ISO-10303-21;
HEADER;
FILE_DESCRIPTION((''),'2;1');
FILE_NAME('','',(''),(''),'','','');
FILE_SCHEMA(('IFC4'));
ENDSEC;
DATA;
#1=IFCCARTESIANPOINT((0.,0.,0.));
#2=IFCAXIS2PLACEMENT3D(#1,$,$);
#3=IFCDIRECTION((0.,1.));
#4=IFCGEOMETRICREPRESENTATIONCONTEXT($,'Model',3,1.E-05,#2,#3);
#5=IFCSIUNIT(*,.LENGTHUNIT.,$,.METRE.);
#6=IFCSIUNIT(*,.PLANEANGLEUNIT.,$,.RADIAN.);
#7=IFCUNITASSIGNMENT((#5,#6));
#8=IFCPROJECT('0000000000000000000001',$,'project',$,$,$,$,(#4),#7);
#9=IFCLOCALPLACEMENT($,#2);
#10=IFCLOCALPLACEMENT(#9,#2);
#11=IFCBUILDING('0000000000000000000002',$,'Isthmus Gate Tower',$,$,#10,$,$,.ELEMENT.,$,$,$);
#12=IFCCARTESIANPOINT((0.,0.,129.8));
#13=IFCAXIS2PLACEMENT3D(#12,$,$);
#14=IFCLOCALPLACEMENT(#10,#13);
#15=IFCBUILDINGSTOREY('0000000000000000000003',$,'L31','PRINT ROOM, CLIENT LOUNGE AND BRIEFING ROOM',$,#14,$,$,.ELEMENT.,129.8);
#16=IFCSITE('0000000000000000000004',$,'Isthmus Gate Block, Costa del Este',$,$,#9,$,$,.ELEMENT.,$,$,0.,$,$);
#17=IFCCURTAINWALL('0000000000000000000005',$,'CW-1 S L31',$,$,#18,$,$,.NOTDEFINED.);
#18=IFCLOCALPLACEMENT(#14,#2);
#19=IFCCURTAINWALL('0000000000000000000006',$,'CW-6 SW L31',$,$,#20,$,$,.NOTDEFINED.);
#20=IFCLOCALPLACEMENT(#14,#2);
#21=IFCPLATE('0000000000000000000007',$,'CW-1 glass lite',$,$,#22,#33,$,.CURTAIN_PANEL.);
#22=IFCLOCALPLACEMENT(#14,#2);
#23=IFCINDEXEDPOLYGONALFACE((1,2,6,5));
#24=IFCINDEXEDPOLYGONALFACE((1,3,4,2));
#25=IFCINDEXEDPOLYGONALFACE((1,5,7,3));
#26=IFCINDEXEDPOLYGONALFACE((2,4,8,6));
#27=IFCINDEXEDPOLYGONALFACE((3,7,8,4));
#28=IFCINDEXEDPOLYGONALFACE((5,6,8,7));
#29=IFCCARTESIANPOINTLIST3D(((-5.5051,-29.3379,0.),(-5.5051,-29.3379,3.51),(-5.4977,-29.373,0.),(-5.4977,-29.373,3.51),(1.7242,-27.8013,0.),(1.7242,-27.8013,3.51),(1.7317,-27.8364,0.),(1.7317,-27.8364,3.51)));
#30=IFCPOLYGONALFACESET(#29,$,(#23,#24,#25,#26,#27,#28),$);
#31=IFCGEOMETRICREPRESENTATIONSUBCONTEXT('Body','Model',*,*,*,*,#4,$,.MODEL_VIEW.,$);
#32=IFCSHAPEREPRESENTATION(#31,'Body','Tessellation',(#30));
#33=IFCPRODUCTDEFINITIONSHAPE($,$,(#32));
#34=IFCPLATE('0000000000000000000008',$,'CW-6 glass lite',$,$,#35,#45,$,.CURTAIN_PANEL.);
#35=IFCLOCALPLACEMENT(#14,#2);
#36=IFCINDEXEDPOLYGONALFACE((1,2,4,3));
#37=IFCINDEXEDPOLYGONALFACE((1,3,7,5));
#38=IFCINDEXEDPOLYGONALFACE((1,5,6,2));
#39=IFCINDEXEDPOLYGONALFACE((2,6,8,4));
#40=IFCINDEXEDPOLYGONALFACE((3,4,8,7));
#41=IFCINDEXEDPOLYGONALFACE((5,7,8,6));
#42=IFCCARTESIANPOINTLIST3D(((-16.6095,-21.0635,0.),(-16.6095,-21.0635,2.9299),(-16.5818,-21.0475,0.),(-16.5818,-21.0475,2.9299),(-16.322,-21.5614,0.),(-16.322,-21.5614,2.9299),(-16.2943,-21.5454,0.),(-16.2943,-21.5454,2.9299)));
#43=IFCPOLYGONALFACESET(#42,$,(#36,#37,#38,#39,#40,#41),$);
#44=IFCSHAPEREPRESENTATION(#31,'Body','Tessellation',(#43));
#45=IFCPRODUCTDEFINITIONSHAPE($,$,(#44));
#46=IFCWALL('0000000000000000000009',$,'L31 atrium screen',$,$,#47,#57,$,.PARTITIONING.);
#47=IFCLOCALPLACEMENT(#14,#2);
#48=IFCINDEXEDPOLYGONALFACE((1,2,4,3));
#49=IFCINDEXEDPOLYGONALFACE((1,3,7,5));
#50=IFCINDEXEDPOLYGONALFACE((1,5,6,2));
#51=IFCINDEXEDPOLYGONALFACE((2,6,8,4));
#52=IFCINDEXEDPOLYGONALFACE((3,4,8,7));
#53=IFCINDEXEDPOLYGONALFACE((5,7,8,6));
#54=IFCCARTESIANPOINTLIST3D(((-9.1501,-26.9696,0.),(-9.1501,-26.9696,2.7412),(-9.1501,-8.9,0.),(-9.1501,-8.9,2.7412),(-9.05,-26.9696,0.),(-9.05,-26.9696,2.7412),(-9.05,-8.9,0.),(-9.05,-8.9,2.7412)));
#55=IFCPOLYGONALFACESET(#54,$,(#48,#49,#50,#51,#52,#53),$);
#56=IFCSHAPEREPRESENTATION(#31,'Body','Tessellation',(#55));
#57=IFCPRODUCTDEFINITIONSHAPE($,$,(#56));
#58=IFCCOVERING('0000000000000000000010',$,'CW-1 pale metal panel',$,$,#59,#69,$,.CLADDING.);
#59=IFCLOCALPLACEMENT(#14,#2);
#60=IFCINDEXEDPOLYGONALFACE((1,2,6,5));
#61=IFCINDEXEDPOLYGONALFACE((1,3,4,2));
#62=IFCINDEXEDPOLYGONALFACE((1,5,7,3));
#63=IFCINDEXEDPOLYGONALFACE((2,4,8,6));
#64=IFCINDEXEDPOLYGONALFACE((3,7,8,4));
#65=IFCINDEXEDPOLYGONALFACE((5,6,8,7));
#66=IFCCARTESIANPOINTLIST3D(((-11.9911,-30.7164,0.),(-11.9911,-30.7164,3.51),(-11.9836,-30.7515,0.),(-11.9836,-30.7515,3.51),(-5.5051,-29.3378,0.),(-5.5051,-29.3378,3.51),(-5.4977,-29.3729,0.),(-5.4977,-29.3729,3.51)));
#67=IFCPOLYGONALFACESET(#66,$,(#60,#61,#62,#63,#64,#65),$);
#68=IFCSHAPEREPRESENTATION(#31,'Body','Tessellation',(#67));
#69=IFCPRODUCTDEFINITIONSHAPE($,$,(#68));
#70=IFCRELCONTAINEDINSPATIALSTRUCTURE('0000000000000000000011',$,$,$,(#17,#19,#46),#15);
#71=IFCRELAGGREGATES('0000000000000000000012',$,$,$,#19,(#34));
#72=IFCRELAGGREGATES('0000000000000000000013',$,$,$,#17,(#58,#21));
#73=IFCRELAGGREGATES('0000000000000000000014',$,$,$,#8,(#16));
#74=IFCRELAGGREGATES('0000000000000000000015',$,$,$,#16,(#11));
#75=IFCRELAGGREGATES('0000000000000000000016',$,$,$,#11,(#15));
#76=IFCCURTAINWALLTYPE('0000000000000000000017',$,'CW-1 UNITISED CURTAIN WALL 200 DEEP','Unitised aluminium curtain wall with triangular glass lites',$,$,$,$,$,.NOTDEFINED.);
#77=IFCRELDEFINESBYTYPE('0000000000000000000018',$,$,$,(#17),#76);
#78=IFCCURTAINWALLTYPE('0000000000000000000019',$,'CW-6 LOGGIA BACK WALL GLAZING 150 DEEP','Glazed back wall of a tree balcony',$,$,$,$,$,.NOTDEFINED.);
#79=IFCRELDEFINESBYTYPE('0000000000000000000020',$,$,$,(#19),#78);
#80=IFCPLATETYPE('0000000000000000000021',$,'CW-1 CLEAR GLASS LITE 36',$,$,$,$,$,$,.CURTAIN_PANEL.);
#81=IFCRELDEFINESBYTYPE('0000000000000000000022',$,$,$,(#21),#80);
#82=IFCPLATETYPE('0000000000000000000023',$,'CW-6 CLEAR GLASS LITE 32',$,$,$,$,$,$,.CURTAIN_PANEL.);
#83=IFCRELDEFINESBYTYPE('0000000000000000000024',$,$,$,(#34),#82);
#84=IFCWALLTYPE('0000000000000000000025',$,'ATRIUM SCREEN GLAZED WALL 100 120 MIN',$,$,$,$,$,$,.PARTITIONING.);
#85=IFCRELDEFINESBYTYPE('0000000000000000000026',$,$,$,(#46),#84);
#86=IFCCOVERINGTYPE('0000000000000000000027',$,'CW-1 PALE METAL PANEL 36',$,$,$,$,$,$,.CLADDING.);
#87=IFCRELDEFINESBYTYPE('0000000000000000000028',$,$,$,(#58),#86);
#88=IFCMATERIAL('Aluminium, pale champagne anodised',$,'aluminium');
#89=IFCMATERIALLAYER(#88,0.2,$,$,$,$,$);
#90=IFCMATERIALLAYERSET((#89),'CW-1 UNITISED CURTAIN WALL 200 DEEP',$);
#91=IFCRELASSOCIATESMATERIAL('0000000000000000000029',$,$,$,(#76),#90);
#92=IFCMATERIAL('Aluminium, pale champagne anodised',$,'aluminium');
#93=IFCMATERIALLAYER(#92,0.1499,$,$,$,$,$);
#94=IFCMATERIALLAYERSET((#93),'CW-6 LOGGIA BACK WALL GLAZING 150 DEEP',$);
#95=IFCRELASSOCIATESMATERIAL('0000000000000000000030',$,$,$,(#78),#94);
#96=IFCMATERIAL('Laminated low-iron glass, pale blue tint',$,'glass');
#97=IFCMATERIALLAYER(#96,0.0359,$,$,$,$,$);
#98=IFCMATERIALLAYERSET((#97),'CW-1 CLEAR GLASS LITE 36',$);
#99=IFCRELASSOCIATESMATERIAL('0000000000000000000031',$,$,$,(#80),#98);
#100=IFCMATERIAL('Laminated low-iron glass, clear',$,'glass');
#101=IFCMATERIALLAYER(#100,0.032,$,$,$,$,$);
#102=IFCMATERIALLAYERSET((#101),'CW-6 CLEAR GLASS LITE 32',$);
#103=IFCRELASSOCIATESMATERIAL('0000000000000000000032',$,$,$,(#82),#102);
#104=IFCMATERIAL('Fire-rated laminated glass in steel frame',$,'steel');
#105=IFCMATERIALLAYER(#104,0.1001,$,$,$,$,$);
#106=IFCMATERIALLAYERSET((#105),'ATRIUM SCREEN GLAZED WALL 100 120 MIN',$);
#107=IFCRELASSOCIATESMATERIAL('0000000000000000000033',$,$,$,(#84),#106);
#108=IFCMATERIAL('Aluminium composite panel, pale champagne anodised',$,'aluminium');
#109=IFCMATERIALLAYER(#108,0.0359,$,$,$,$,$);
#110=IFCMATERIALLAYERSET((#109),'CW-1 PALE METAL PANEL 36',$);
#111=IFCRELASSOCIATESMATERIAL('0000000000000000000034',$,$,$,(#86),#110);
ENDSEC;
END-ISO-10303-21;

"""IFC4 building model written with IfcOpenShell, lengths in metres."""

from ifc_helpers import new_model, si_unit, direction, frame, frame_2d, origin, origin_2d, place, context, subcontext, project, spatial, rectangle, extrude, material, layer, layer_set, type_object, element, aggregate, save


model = new_model("IFC4")

# Units and contexts
model_context = context("Model", 3, precision=1e-05, world=origin(), true_north=direction((0.0, 1.0)))
body_context = subcontext(model_context, "Body", "Model", "MODEL_VIEW")
ifc_project = project(units=[si_unit("LENGTHUNIT", "METRE"), si_unit("PLANEANGLEUNIT", "RADIAN")], contexts=[model_context])

# Site, building, storey
site_placement = place(None, origin())
site = spatial("IfcSite", under=ifc_project, at=site_placement, Name="Isthmus Gate Block, Costa del Este", CompositionType="ELEMENT", RefElevation=0.0)
building_placement = place(site_placement, origin())
building = spatial("IfcBuilding", under=site, at=building_placement, Name="Isthmus Gate Tower", CompositionType="ELEMENT")
storey_placement = place(building_placement, frame((0.0, 0.0, 129.8)))
storey = spatial("IfcBuildingStorey", under=building, at=storey_placement, Name="L31", Description="PRINT ROOM, CLIENT LOUNGE AND BRIEFING ROOM", CompositionType="ELEMENT", Elevation=129.8)

# Curtain wall
ifc_material_1 = material(Name="Aluminium, pale champagne anodised", Category="aluminium")
ifc_layer_1 = layer(ifc_material_1, 0.2)
ifc_layer_set_1 = layer_set([ifc_layer_1], Name="CW-1 UNITISED CURTAIN WALL 200 DEEP")
curtain_wall_type_1 = type_object("IfcCurtainWallType", Name="CW-1 UNITISED CURTAIN WALL 200 DEEP", Description="Unitised aluminium curtain wall with triangular glass lites", PredefinedType="NOTDEFINED", material=ifc_layer_set_1)
curtain_wall_1_placement = place(storey_placement, origin())
curtain_wall_1 = element("IfcCurtainWall", 1, at=curtain_wall_1_placement, inside=storey, type_object=curtain_wall_type_1, Name="CW-1 S L31", PredefinedType="NOTDEFINED")

# Curtain wall
ifc_material_2 = material(Name="Aluminium, pale champagne anodised", Category="aluminium")
ifc_layer_2 = layer(ifc_material_2, 0.1499)
ifc_layer_set_2 = layer_set([ifc_layer_2], Name="CW-6 LOGGIA BACK WALL GLAZING 150 DEEP")
curtain_wall_type_2 = type_object("IfcCurtainWallType", Name="CW-6 LOGGIA BACK WALL GLAZING 150 DEEP", Description="Glazed back wall of a tree balcony", PredefinedType="NOTDEFINED", material=ifc_layer_set_2)
curtain_wall_2_placement = place(storey_placement, origin())
curtain_wall_2 = element("IfcCurtainWall", 2, at=curtain_wall_2_placement, inside=storey, type_object=curtain_wall_type_2, Name="CW-6 SW L31", PredefinedType="NOTDEFINED")

# Shared definitions
ifc_material_3 = material(Name="Laminated low-iron glass, pale blue tint", Category="glass")
ifc_layer_3 = layer(ifc_material_3, 0.0359)
ifc_layer_set_3 = layer_set([ifc_layer_3], Name="CW-1 CLEAR GLASS LITE 36")
plate_type_1 = type_object("IfcPlateType", Name="CW-1 CLEAR GLASS LITE 36", PredefinedType="CURTAIN_PANEL", material=ifc_layer_set_3)

# Plates
plate_1_placement = place(storey_placement, frame((-1.8867, -28.5872, 0.0), z_axis=(0.0, 0.0, 1.0), x_axis=(0.978148, 0.207912, 0.0)))
plate_1 = element("IfcPlate", 3, at=plate_1_placement, type_object=plate_type_1, Name="CW-1 glass lite", PredefinedType="CURTAIN_PANEL", context=body_context, shape_type="SweptSolid", body=[
    extrude(rectangle(XDim=7.3909, YDim=0.0359, at=origin_2d()), origin(), (0.0, 0.0, 1.0), 3.51),
])
ifc_material_4 = material(Name="Laminated low-iron glass, clear", Category="glass")
ifc_layer_4 = layer(ifc_material_4, 0.032)
ifc_layer_set_4 = layer_set([ifc_layer_4], Name="CW-6 CLEAR GLASS LITE 32")
plate_type_2 = type_object("IfcPlateType", Name="CW-6 CLEAR GLASS LITE 32", PredefinedType="CURTAIN_PANEL", material=ifc_layer_set_4)
plate_2_placement = place(storey_placement, frame((-16.4519, -21.3044, 0.0), z_axis=(0.0, 0.0, 1.0), x_axis=(0.5, -0.866025, 0.0)))
plate_2 = element("IfcPlate", 4, at=plate_2_placement, type_object=plate_type_2, Name="CW-6 glass lite", PredefinedType="CURTAIN_PANEL", context=body_context, shape_type="SweptSolid", body=[
    extrude(rectangle(XDim=0.575, YDim=0.032, at=origin_2d()), origin(), (0.0, 0.0, 1.0), 2.9299),
])
aggregate(curtain_wall_2, [plate_2])

# Wall
ifc_material_5 = material(Name="Fire-rated laminated glass in steel frame", Category="steel")
ifc_layer_5 = layer(ifc_material_5, 0.1001)
ifc_layer_set_5 = layer_set([ifc_layer_5], Name="ATRIUM SCREEN GLAZED WALL 100 120 MIN")
wall_type = type_object("IfcWallType", Name="ATRIUM SCREEN GLAZED WALL 100 120 MIN", PredefinedType="PARTITIONING", material=ifc_layer_set_5)
wall_placement = place(storey_placement, frame((-9.1001, -26.9695, 0.0), z_axis=(0.0, 0.0, 1.0), x_axis=(0.0, 1.0, 0.0)))
element("IfcWall", 5, at=wall_placement, inside=storey, type_object=wall_type, Name="L31 atrium screen", PredefinedType="PARTITIONING", context=body_context, shape_type="SweptSolid", body=[
    extrude(rectangle(XDim=18.0696, YDim=0.1001, at=frame_2d((9.0347, 0.0))), origin(), (0.0, 0.0, 1.0), 2.7412),
])

# Covering
ifc_material_6 = material(Name="Aluminium composite panel, pale champagne anodised", Category="aluminium")
ifc_layer_6 = layer(ifc_material_6, 0.0359)
ifc_layer_set_6 = layer_set([ifc_layer_6], Name="CW-1 PALE METAL PANEL 36")
covering_type = type_object("IfcCoveringType", Name="CW-1 PALE METAL PANEL 36", PredefinedType="CLADDING", material=ifc_layer_set_6)
covering_placement = place(storey_placement, frame((-8.7444, -30.0447, 0.0), z_axis=(0.0, 0.0, 1.0), x_axis=(0.978148, 0.207912, 0.0)))
covering = element("IfcCovering", 6, at=covering_placement, type_object=covering_type, Name="CW-1 pale metal panel", PredefinedType="CLADDING", context=body_context, shape_type="SweptSolid", body=[
    extrude(rectangle(XDim=6.6309, YDim=0.0359, at=origin_2d()), origin(), (0.0, 0.0, 1.0), 3.51),
])
aggregate(curtain_wall_1, [covering, plate_1])

save(model, "model.ifc")
